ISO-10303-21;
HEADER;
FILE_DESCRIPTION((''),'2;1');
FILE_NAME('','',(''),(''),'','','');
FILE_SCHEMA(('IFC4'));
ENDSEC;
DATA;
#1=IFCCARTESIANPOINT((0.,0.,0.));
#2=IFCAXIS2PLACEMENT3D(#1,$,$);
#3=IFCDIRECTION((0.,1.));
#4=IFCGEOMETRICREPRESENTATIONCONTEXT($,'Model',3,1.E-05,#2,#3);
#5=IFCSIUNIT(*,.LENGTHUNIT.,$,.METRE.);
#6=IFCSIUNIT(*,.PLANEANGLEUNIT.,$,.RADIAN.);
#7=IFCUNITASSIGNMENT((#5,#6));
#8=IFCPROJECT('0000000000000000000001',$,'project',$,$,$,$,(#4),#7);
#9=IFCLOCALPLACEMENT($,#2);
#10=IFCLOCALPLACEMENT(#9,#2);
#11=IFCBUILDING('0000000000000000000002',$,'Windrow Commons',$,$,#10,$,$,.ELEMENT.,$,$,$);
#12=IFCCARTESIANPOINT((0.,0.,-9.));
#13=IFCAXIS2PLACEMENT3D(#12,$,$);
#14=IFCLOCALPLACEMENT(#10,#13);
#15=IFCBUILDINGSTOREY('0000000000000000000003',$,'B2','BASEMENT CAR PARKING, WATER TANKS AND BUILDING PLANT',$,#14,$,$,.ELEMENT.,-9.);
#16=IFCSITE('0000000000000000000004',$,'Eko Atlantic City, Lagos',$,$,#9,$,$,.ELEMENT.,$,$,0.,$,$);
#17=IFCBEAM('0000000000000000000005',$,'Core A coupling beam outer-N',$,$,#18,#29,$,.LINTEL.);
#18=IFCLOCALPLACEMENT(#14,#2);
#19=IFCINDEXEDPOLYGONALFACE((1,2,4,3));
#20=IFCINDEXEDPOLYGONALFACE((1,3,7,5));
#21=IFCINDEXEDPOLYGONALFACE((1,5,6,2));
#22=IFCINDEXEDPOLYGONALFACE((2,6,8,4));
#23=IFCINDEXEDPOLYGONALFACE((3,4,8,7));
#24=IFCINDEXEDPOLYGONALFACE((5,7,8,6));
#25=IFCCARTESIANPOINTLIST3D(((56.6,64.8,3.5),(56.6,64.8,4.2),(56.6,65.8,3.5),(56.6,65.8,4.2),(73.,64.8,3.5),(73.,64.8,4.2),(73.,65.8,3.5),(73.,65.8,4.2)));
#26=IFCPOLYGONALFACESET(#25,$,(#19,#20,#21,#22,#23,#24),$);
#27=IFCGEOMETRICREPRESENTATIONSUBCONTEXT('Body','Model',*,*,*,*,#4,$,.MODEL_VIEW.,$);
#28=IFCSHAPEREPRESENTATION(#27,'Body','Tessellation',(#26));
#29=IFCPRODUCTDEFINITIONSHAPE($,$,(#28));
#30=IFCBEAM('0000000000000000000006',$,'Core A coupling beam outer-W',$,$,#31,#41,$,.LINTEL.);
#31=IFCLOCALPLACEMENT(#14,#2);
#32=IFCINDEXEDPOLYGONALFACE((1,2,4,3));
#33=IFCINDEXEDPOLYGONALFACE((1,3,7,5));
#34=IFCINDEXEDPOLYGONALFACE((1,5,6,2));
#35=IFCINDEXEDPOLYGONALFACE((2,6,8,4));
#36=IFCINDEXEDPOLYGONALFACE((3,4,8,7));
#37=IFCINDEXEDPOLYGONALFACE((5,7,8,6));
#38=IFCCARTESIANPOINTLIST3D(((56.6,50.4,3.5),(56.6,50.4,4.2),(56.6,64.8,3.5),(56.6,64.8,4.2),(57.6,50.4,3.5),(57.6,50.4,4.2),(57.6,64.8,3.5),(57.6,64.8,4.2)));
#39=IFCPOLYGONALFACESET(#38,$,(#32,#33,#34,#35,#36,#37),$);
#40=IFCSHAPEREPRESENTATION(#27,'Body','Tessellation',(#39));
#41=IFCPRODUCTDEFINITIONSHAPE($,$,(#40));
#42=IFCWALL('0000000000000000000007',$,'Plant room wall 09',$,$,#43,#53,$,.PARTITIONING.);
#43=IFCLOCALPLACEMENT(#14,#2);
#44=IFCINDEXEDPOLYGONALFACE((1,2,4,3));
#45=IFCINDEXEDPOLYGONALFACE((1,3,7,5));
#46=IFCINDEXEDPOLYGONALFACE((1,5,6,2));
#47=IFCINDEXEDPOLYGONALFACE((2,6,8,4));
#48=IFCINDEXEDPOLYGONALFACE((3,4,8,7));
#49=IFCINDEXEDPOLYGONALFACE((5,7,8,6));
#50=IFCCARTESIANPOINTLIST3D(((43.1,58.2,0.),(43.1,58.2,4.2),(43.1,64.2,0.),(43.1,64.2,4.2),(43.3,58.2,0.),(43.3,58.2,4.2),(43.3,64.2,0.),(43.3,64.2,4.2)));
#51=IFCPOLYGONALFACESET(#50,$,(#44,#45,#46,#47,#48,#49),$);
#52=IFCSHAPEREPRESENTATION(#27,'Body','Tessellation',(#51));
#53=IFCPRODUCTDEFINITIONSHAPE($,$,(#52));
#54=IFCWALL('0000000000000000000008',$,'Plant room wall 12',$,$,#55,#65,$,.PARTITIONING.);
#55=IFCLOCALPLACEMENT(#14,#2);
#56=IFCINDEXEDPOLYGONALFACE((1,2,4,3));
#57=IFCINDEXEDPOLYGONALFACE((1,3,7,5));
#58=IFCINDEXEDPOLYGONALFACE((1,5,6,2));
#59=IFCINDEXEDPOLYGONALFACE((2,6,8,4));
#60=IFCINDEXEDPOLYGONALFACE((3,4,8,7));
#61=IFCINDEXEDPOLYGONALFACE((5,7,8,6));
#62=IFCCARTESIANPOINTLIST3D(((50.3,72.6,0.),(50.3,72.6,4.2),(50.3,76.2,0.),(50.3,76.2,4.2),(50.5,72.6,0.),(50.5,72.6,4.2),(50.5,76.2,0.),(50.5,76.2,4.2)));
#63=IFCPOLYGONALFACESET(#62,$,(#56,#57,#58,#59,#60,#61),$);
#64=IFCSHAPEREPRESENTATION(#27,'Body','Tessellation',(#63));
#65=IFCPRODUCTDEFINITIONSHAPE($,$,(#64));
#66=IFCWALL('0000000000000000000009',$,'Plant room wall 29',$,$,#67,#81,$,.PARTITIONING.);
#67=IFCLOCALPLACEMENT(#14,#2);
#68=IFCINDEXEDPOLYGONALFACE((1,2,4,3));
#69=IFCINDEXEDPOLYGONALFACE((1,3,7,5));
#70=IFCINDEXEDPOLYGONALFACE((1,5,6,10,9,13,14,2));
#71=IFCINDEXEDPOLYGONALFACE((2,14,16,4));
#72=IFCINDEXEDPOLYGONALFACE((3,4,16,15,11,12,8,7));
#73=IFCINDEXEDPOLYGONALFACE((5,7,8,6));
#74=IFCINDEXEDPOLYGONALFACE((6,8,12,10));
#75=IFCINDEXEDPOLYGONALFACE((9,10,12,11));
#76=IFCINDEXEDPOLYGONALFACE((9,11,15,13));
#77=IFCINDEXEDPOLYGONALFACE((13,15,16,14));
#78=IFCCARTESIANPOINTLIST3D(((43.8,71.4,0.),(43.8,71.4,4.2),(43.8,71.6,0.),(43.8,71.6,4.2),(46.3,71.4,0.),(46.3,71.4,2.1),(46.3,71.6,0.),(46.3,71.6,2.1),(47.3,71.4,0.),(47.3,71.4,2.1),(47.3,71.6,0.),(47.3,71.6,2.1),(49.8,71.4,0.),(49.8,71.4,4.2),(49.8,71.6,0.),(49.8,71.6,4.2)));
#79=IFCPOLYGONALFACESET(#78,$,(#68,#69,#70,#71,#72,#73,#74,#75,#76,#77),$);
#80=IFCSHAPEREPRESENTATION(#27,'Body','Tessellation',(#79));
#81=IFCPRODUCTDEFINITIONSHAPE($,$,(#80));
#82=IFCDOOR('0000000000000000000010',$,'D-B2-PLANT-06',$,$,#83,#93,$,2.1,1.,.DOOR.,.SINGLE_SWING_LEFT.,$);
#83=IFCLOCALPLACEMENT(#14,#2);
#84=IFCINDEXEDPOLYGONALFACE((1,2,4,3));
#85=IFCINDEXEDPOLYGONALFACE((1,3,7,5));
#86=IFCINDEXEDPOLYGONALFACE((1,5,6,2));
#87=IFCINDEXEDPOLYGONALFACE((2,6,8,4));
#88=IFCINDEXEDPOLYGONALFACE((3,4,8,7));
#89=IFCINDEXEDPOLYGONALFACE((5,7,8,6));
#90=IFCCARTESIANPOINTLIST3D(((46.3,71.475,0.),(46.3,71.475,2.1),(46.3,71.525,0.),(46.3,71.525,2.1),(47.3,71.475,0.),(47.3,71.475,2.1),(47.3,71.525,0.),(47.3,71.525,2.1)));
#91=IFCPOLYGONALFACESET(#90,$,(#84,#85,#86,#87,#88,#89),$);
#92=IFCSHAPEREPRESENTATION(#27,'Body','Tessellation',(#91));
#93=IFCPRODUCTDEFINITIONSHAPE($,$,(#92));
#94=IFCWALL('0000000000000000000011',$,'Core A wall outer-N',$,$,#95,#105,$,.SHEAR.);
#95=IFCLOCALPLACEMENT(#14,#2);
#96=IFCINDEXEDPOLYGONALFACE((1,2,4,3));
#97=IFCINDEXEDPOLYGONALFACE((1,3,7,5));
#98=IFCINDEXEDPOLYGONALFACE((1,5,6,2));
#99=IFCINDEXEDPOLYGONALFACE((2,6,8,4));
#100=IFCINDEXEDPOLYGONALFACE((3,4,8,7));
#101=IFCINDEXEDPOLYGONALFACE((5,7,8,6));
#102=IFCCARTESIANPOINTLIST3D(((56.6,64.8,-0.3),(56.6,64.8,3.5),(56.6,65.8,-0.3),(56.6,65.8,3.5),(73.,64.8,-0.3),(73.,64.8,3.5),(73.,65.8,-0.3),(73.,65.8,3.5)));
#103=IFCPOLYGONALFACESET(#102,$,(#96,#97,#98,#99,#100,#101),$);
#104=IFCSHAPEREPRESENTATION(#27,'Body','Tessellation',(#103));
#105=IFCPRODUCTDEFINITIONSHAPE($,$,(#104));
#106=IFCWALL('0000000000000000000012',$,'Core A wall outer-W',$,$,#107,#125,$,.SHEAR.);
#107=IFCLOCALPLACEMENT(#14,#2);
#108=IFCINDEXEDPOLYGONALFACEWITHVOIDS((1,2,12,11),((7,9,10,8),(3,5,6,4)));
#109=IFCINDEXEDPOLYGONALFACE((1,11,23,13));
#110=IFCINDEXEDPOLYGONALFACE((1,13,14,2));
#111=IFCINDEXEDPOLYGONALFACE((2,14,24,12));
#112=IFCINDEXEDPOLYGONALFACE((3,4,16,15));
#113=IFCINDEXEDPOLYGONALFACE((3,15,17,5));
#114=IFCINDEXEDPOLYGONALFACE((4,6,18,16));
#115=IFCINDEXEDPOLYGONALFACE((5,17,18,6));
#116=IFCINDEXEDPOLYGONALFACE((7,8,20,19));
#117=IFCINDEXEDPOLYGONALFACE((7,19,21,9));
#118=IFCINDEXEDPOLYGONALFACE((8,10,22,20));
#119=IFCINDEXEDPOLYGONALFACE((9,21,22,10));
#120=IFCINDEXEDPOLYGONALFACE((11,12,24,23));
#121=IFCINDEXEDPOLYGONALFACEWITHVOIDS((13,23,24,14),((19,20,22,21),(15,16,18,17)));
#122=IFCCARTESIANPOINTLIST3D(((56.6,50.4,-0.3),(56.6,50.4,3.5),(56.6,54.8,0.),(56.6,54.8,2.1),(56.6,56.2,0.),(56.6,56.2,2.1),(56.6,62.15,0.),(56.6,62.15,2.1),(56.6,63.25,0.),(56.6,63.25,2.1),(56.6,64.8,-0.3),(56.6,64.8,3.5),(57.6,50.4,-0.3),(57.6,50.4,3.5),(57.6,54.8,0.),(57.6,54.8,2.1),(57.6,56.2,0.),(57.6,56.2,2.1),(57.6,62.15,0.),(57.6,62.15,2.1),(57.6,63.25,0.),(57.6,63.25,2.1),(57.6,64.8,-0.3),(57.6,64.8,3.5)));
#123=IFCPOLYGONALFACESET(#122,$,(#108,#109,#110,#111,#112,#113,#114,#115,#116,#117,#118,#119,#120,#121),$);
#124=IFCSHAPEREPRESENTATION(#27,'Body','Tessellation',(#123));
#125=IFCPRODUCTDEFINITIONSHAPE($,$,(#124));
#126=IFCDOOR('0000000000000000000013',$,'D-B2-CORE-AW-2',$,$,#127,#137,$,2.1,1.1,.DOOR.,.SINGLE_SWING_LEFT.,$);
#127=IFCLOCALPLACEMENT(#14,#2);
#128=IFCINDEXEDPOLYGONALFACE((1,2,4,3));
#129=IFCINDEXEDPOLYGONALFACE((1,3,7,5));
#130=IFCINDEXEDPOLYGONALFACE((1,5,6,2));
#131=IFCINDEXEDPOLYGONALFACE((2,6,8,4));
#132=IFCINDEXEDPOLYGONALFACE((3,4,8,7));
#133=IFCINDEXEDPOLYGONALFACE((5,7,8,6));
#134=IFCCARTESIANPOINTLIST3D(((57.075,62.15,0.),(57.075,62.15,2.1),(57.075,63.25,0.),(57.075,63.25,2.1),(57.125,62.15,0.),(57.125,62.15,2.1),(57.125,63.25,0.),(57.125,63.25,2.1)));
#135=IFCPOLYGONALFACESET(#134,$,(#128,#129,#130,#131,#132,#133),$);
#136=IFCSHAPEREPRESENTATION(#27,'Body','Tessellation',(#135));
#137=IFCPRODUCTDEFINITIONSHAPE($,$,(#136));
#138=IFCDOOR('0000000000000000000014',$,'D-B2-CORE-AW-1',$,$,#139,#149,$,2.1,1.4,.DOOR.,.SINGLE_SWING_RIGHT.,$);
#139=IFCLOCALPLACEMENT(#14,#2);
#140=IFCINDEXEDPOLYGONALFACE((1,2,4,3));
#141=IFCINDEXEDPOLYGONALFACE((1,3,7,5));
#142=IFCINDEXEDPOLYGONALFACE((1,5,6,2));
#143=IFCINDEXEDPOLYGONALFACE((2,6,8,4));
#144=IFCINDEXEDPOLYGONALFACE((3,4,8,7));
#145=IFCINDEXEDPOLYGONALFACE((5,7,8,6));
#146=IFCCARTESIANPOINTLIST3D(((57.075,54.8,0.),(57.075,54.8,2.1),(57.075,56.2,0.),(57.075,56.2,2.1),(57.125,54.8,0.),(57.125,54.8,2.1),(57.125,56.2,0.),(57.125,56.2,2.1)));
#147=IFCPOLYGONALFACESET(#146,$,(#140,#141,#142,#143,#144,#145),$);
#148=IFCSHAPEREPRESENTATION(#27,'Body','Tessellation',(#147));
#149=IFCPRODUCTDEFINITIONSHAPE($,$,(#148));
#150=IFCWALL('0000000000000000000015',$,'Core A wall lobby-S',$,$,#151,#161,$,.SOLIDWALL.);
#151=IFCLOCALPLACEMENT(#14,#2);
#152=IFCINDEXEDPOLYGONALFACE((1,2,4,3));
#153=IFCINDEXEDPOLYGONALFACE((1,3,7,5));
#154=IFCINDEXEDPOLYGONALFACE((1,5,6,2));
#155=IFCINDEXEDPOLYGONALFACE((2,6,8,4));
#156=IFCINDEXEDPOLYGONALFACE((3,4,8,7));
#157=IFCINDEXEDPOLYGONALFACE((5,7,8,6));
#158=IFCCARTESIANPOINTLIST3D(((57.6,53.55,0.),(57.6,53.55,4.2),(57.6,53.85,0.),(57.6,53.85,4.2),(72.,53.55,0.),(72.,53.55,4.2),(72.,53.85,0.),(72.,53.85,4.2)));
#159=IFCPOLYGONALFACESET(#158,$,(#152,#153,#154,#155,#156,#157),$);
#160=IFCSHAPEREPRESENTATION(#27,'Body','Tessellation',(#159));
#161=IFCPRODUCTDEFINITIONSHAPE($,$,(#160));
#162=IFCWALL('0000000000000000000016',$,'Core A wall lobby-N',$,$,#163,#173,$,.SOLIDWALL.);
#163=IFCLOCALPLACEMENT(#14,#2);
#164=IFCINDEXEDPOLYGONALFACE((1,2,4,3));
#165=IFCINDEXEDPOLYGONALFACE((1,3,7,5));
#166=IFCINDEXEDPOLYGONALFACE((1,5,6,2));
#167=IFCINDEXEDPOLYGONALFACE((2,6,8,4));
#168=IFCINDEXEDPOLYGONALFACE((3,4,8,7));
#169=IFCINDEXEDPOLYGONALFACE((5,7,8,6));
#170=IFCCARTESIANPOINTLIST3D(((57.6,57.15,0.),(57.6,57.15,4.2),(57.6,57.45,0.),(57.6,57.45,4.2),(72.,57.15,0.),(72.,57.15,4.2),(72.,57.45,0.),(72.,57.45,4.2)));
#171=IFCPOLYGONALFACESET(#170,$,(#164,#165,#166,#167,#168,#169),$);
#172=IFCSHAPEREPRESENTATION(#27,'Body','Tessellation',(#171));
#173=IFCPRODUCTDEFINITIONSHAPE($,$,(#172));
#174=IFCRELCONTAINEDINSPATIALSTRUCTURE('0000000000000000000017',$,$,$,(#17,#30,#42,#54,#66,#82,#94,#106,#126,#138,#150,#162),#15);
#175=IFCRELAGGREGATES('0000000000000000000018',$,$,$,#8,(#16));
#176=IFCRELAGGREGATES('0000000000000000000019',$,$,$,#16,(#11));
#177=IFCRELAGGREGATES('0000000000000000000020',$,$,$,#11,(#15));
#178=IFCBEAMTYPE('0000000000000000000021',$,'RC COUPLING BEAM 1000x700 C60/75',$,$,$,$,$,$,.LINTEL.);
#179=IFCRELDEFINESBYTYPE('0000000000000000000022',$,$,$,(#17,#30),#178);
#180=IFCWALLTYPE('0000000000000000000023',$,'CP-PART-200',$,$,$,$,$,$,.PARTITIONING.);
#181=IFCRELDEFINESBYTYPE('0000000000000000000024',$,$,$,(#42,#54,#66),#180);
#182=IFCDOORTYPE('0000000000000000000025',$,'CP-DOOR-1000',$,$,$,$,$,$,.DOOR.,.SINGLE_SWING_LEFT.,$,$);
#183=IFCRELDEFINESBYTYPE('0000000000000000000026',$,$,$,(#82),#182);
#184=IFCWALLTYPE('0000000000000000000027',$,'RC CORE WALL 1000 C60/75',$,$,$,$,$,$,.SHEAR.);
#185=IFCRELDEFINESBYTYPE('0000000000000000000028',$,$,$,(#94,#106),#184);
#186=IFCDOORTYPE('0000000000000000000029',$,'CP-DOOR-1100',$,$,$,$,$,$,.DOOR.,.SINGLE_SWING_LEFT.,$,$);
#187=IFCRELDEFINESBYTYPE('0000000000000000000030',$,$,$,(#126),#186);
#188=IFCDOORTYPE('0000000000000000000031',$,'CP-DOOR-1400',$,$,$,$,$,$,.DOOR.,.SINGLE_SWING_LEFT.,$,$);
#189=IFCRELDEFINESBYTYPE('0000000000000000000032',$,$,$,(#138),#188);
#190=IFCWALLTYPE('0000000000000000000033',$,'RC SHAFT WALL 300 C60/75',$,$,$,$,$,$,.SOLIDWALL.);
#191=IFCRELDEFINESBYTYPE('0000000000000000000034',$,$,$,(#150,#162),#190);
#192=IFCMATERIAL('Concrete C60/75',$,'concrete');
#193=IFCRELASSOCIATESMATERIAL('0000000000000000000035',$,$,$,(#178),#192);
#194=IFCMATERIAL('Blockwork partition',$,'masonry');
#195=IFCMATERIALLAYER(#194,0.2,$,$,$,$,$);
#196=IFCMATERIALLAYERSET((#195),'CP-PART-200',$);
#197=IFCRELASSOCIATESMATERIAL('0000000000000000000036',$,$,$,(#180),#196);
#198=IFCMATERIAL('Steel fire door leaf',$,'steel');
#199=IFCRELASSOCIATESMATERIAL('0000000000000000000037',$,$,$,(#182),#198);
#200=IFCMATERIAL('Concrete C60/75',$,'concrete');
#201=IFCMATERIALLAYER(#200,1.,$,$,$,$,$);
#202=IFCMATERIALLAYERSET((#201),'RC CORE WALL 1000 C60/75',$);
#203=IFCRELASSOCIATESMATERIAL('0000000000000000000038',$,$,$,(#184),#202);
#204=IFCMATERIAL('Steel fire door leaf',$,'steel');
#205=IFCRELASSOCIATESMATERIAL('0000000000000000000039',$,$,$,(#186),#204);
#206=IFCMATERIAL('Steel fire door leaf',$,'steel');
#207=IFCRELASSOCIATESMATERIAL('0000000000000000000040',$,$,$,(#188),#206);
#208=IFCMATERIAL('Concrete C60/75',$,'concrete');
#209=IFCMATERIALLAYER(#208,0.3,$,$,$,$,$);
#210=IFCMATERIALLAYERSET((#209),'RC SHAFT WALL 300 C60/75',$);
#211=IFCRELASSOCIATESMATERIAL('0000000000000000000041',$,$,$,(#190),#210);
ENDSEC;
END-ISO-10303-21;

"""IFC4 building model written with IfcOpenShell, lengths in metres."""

from ifc_helpers import new_model, si_unit, direction, frame, frame_2d, origin, origin_2d, place, context, subcontext, project, spatial, rectangle, extrude, material, layer, layer_set, material_profile, profile_set, type_object, element, fill, save


model = new_model("IFC4")

# Units and contexts
model_context = context("Model", 3, precision=1e-05, world=origin(), true_north=direction((0.0, 1.0)))
body_context = subcontext(model_context, "Body", "Model", "MODEL_VIEW")
ifc_project = project(units=[si_unit("LENGTHUNIT", "METRE"), si_unit("PLANEANGLEUNIT", "RADIAN")], contexts=[model_context])

# Site, building, storey
site_placement = place(None, origin())
site = spatial("IfcSite", under=ifc_project, at=site_placement, Name="Eko Atlantic City, Lagos", CompositionType="ELEMENT", RefElevation=0.0)
building_placement = place(site_placement, origin())
building = spatial("IfcBuilding", under=site, at=building_placement, Name="Windrow Commons", CompositionType="ELEMENT")
storey_placement = place(building_placement, frame((0.0, 0.0, -9.0)))
storey = spatial("IfcBuildingStorey", under=building, at=storey_placement, Name="B2", Description="BASEMENT CAR PARKING, WATER TANKS AND BUILDING PLANT", CompositionType="ELEMENT", Elevation=-9.0)

# Beams
ifc_material_1 = material(Name="Concrete C60/75", Category="concrete")
ifc_material_profile_1 = material_profile(ifc_material_1, rectangle(XDim=1.0, YDim=0.7, at=origin_2d()))
ifc_profile_set_1 = profile_set([ifc_material_profile_1], Name="Concrete C60/75")
beam_type = type_object("IfcBeamType", Name="RC COUPLING BEAM 1000x700 C60/75", PredefinedType="LINTEL", material=ifc_profile_set_1)
beam_1_placement = place(storey_placement, frame((56.6, 65.3, 3.85), z_axis=(1.0, 0.0, 0.0), x_axis=(0.0, 1.0, 0.0)))
element("IfcBeam", 1, at=beam_1_placement, inside=storey, type_object=beam_type, Name="Core A coupling beam outer-N", PredefinedType="LINTEL", context=body_context, shape_type="SweptSolid", body=[
    extrude(rectangle(XDim=1.0, YDim=0.7, at=origin_2d()), origin(), (0.0, 0.0, 1.0), 16.4),
])
beam_2_placement = place(storey_placement, frame((57.1, 50.4, 3.85), z_axis=(0.0, 1.0, 0.0), x_axis=(-1.0, 0.0, 0.0)))
element("IfcBeam", 2, at=beam_2_placement, inside=storey, type_object=beam_type, Name="Core A coupling beam outer-W", PredefinedType="LINTEL", context=body_context, shape_type="SweptSolid", body=[
    extrude(rectangle(XDim=1.0, YDim=0.7, at=origin_2d()), origin(), (0.0, 0.0, 1.0), 14.4),
])

# Walls
ifc_material_2 = material(Name="Blockwork partition", Category="masonry")
ifc_layer_1 = layer(ifc_material_2, 0.2)
ifc_layer_set_1 = layer_set([ifc_layer_1], Name="CP-PART-200")
wall_type_1 = type_object("IfcWallType", Name="CP-PART-200", PredefinedType="PARTITIONING", material=ifc_layer_set_1)
wall_1_placement = place(storey_placement, frame((43.2, 58.2, 0.0), z_axis=(0.0, 0.0, 1.0), x_axis=(0.0, 1.0, 0.0)))
element("IfcWall", 3, at=wall_1_placement, inside=storey, type_object=wall_type_1, Name="Plant room wall 09", PredefinedType="PARTITIONING", context=body_context, shape_type="SweptSolid", body=[
    extrude(rectangle(XDim=6.0, YDim=0.2, at=frame_2d((3.0, 0.0))), origin(), (0.0, 0.0, 1.0), 4.2),
])
wall_2_placement = place(storey_placement, frame((50.4, 72.6, 0.0), z_axis=(0.0, 0.0, 1.0), x_axis=(0.0, 1.0, 0.0)))
element("IfcWall", 4, at=wall_2_placement, inside=storey, type_object=wall_type_1, Name="Plant room wall 12", PredefinedType="PARTITIONING", context=body_context, shape_type="SweptSolid", body=[
    extrude(rectangle(XDim=3.6, YDim=0.2, at=frame_2d((1.8, 0.0))), origin(), (0.0, 0.0, 1.0), 4.2),
])

# Wall, opening, door
wall_3_placement = place(storey_placement, frame((43.8, 71.5, 0.0), z_axis=(0.0, 0.0, 1.0), x_axis=(1.0, 0.0, 0.0)))
wall_3 = element("IfcWall", 5, at=wall_3_placement, inside=storey, type_object=wall_type_1, Name="Plant room wall 29", PredefinedType="PARTITIONING", context=body_context, shape_type="SweptSolid", body=[
    extrude(rectangle(XDim=6.0, YDim=0.2, at=frame_2d((3.0, 0.0))), origin(), (0.0, 0.0, 1.0), 4.2),
])
opening_1_placement = place(wall_3_placement, frame((2.5, 0.0, 0.0)))
opening_1 = element("IfcOpeningElement", 6, at=opening_1_placement, cuts=wall_3, PredefinedType="OPENING", context=body_context, shape_type="SweptSolid", body=[
    extrude(rectangle(XDim=1.0, YDim=2.1, at=frame_2d((0.5, 1.05))), frame((0.0, 0.11, 0.0), z_axis=(0.0, -1.0, 0.0), x_axis=(1.0, 0.0, 0.0)), (0.0, 0.0, 1.0), 0.22),
])
ifc_material_3 = material(Name="Steel fire door leaf", Category="steel")
door_type_1 = type_object("IfcDoorType", Name="CP-DOOR-1000", OperationType="SINGLE_SWING_LEFT", PredefinedType="DOOR", material=ifc_material_3)
door_1_placement = place(opening_1_placement, origin())
door_1 = element("IfcDoor", 7, at=door_1_placement, inside=storey, type_object=door_type_1, Name="D-B2-PLANT-06", OperationType="SINGLE_SWING_LEFT", OverallHeight=2.1, OverallWidth=1.0, PredefinedType="DOOR", context=body_context, shape_type="SweptSolid", body=[
    extrude(rectangle(XDim=1.0, YDim=2.1, at=frame_2d((0.5, 1.05))), frame((0.0, 0.025, 0.0), z_axis=(0.0, -1.0, 0.0), x_axis=(1.0, 0.0, 0.0)), (0.0, 0.0, 1.0), 0.05),
])
fill(opening_1, door_1)

# Wall
ifc_material_4 = material(Name="Concrete C60/75", Category="concrete")
ifc_layer_2 = layer(ifc_material_4, 1.0)
ifc_layer_set_2 = layer_set([ifc_layer_2], Name="RC CORE WALL 1000 C60/75")
wall_type_2 = type_object("IfcWallType", Name="RC CORE WALL 1000 C60/75", PredefinedType="SHEAR", material=ifc_layer_set_2)
wall_4_placement = place(storey_placement, frame((56.6, 65.3, -0.3), z_axis=(0.0, 0.0, 1.0), x_axis=(1.0, 0.0, 0.0)))
element("IfcWall", 8, at=wall_4_placement, inside=storey, type_object=wall_type_2, Name="Core A wall outer-N", PredefinedType="SHEAR", context=body_context, shape_type="SweptSolid", body=[
    extrude(rectangle(XDim=16.4, YDim=1.0, at=frame_2d((8.2, 0.0))), origin(), (0.0, 0.0, 1.0), 3.8),
])

# Wall, openings, doors
wall_5_placement = place(storey_placement, frame((57.1, 50.4, -0.3), z_axis=(0.0, 0.0, 1.0), x_axis=(0.0, 1.0, 0.0)))
wall_5 = element("IfcWall", 9, at=wall_5_placement, inside=storey, type_object=wall_type_2, Name="Core A wall outer-W", PredefinedType="SHEAR", context=body_context, shape_type="SweptSolid", body=[
    extrude(rectangle(XDim=14.4, YDim=1.0, at=frame_2d((7.2, 0.0))), origin(), (0.0, 0.0, 1.0), 3.8),
])
opening_2_placement = place(wall_5_placement, frame((4.4, 0.0, 0.3)))
opening_2 = element("IfcOpeningElement", 10, at=opening_2_placement, cuts=wall_5, PredefinedType="OPENING", context=body_context, shape_type="SweptSolid", body=[
    extrude(rectangle(XDim=1.4, YDim=2.1, at=frame_2d((0.7, 1.05))), frame((0.0, 0.51, 0.0), z_axis=(0.0, -1.0, 0.0), x_axis=(1.0, 0.0, 0.0)), (0.0, 0.0, 1.0), 1.02),
])
opening_3_placement = place(wall_5_placement, frame((11.75, 0.0, 0.3)))
opening_3 = element("IfcOpeningElement", 11, at=opening_3_placement, cuts=wall_5, PredefinedType="OPENING", context=body_context, shape_type="SweptSolid", body=[
    extrude(rectangle(XDim=1.1, YDim=2.1, at=frame_2d((0.55, 1.05))), frame((0.0, 0.51, 0.0), z_axis=(0.0, -1.0, 0.0), x_axis=(1.0, 0.0, 0.0)), (0.0, 0.0, 1.0), 1.02),
])
ifc_material_5 = material(Name="Steel fire door leaf", Category="steel")
door_type_2 = type_object("IfcDoorType", Name="CP-DOOR-1100", OperationType="SINGLE_SWING_LEFT", PredefinedType="DOOR", material=ifc_material_5)
door_2_placement = place(opening_3_placement, origin())
door_2 = element("IfcDoor", 12, at=door_2_placement, inside=storey, type_object=door_type_2, Name="D-B2-CORE-AW-2", OperationType="SINGLE_SWING_LEFT", OverallHeight=2.1, OverallWidth=1.1, PredefinedType="DOOR", context=body_context, shape_type="SweptSolid", body=[
    extrude(rectangle(XDim=1.1, YDim=2.1, at=frame_2d((0.55, 1.05))), frame((0.0, 0.025, 0.0), z_axis=(0.0, -1.0, 0.0), x_axis=(1.0, 0.0, 0.0)), (0.0, 0.0, 1.0), 0.05),
])
fill(opening_3, door_2)
ifc_material_6 = material(Name="Steel fire door leaf", Category="steel")
door_type_3 = type_object("IfcDoorType", Name="CP-DOOR-1400", OperationType="SINGLE_SWING_LEFT", PredefinedType="DOOR", material=ifc_material_6)
door_3_placement = place(opening_2_placement, origin())
door_3 = element("IfcDoor", 13, at=door_3_placement, inside=storey, type_object=door_type_3, Name="D-B2-CORE-AW-1", OperationType="SINGLE_SWING_RIGHT", OverallHeight=2.1, OverallWidth=1.4, PredefinedType="DOOR", context=body_context, shape_type="SweptSolid", body=[
    extrude(rectangle(XDim=1.4, YDim=2.1, at=frame_2d((0.7, 1.05))), frame((0.0, 0.025, 0.0), z_axis=(0.0, -1.0, 0.0), x_axis=(1.0, 0.0, 0.0)), (0.0, 0.0, 1.0), 0.05),
])
fill(opening_2, door_3)

# Walls
ifc_material_7 = material(Name="Concrete C60/75", Category="concrete")
ifc_layer_3 = layer(ifc_material_7, 0.3)
ifc_layer_set_3 = layer_set([ifc_layer_3], Name="RC SHAFT WALL 300 C60/75")
wall_type_3 = type_object("IfcWallType", Name="RC SHAFT WALL 300 C60/75", PredefinedType="SOLIDWALL", material=ifc_layer_set_3)
for number, where, z_axis, x_axis, name in (
    (14, (57.6, 53.7, 0.0), (0.0, 0.0, 1.0), (1.0, 0.0, 0.0), "Core A wall lobby-S"),
    (15, (57.6, 57.3, 0.0), (0.0, 0.0, 1.0), (1.0, 0.0, 0.0), "Core A wall lobby-N"),
):
    element("IfcWall", number, at=place(storey_placement, frame(where, z_axis=z_axis, x_axis=x_axis)), inside=storey, type_object=wall_type_3, Name=name, PredefinedType="SOLIDWALL", context=body_context, shape_type="SweptSolid", body=[
        extrude(rectangle(XDim=14.4, YDim=0.3, at=frame_2d((7.2, 0.0))), origin(), (0.0, 0.0, 1.0), 4.2),
    ])

save(model, "model.ifc")
